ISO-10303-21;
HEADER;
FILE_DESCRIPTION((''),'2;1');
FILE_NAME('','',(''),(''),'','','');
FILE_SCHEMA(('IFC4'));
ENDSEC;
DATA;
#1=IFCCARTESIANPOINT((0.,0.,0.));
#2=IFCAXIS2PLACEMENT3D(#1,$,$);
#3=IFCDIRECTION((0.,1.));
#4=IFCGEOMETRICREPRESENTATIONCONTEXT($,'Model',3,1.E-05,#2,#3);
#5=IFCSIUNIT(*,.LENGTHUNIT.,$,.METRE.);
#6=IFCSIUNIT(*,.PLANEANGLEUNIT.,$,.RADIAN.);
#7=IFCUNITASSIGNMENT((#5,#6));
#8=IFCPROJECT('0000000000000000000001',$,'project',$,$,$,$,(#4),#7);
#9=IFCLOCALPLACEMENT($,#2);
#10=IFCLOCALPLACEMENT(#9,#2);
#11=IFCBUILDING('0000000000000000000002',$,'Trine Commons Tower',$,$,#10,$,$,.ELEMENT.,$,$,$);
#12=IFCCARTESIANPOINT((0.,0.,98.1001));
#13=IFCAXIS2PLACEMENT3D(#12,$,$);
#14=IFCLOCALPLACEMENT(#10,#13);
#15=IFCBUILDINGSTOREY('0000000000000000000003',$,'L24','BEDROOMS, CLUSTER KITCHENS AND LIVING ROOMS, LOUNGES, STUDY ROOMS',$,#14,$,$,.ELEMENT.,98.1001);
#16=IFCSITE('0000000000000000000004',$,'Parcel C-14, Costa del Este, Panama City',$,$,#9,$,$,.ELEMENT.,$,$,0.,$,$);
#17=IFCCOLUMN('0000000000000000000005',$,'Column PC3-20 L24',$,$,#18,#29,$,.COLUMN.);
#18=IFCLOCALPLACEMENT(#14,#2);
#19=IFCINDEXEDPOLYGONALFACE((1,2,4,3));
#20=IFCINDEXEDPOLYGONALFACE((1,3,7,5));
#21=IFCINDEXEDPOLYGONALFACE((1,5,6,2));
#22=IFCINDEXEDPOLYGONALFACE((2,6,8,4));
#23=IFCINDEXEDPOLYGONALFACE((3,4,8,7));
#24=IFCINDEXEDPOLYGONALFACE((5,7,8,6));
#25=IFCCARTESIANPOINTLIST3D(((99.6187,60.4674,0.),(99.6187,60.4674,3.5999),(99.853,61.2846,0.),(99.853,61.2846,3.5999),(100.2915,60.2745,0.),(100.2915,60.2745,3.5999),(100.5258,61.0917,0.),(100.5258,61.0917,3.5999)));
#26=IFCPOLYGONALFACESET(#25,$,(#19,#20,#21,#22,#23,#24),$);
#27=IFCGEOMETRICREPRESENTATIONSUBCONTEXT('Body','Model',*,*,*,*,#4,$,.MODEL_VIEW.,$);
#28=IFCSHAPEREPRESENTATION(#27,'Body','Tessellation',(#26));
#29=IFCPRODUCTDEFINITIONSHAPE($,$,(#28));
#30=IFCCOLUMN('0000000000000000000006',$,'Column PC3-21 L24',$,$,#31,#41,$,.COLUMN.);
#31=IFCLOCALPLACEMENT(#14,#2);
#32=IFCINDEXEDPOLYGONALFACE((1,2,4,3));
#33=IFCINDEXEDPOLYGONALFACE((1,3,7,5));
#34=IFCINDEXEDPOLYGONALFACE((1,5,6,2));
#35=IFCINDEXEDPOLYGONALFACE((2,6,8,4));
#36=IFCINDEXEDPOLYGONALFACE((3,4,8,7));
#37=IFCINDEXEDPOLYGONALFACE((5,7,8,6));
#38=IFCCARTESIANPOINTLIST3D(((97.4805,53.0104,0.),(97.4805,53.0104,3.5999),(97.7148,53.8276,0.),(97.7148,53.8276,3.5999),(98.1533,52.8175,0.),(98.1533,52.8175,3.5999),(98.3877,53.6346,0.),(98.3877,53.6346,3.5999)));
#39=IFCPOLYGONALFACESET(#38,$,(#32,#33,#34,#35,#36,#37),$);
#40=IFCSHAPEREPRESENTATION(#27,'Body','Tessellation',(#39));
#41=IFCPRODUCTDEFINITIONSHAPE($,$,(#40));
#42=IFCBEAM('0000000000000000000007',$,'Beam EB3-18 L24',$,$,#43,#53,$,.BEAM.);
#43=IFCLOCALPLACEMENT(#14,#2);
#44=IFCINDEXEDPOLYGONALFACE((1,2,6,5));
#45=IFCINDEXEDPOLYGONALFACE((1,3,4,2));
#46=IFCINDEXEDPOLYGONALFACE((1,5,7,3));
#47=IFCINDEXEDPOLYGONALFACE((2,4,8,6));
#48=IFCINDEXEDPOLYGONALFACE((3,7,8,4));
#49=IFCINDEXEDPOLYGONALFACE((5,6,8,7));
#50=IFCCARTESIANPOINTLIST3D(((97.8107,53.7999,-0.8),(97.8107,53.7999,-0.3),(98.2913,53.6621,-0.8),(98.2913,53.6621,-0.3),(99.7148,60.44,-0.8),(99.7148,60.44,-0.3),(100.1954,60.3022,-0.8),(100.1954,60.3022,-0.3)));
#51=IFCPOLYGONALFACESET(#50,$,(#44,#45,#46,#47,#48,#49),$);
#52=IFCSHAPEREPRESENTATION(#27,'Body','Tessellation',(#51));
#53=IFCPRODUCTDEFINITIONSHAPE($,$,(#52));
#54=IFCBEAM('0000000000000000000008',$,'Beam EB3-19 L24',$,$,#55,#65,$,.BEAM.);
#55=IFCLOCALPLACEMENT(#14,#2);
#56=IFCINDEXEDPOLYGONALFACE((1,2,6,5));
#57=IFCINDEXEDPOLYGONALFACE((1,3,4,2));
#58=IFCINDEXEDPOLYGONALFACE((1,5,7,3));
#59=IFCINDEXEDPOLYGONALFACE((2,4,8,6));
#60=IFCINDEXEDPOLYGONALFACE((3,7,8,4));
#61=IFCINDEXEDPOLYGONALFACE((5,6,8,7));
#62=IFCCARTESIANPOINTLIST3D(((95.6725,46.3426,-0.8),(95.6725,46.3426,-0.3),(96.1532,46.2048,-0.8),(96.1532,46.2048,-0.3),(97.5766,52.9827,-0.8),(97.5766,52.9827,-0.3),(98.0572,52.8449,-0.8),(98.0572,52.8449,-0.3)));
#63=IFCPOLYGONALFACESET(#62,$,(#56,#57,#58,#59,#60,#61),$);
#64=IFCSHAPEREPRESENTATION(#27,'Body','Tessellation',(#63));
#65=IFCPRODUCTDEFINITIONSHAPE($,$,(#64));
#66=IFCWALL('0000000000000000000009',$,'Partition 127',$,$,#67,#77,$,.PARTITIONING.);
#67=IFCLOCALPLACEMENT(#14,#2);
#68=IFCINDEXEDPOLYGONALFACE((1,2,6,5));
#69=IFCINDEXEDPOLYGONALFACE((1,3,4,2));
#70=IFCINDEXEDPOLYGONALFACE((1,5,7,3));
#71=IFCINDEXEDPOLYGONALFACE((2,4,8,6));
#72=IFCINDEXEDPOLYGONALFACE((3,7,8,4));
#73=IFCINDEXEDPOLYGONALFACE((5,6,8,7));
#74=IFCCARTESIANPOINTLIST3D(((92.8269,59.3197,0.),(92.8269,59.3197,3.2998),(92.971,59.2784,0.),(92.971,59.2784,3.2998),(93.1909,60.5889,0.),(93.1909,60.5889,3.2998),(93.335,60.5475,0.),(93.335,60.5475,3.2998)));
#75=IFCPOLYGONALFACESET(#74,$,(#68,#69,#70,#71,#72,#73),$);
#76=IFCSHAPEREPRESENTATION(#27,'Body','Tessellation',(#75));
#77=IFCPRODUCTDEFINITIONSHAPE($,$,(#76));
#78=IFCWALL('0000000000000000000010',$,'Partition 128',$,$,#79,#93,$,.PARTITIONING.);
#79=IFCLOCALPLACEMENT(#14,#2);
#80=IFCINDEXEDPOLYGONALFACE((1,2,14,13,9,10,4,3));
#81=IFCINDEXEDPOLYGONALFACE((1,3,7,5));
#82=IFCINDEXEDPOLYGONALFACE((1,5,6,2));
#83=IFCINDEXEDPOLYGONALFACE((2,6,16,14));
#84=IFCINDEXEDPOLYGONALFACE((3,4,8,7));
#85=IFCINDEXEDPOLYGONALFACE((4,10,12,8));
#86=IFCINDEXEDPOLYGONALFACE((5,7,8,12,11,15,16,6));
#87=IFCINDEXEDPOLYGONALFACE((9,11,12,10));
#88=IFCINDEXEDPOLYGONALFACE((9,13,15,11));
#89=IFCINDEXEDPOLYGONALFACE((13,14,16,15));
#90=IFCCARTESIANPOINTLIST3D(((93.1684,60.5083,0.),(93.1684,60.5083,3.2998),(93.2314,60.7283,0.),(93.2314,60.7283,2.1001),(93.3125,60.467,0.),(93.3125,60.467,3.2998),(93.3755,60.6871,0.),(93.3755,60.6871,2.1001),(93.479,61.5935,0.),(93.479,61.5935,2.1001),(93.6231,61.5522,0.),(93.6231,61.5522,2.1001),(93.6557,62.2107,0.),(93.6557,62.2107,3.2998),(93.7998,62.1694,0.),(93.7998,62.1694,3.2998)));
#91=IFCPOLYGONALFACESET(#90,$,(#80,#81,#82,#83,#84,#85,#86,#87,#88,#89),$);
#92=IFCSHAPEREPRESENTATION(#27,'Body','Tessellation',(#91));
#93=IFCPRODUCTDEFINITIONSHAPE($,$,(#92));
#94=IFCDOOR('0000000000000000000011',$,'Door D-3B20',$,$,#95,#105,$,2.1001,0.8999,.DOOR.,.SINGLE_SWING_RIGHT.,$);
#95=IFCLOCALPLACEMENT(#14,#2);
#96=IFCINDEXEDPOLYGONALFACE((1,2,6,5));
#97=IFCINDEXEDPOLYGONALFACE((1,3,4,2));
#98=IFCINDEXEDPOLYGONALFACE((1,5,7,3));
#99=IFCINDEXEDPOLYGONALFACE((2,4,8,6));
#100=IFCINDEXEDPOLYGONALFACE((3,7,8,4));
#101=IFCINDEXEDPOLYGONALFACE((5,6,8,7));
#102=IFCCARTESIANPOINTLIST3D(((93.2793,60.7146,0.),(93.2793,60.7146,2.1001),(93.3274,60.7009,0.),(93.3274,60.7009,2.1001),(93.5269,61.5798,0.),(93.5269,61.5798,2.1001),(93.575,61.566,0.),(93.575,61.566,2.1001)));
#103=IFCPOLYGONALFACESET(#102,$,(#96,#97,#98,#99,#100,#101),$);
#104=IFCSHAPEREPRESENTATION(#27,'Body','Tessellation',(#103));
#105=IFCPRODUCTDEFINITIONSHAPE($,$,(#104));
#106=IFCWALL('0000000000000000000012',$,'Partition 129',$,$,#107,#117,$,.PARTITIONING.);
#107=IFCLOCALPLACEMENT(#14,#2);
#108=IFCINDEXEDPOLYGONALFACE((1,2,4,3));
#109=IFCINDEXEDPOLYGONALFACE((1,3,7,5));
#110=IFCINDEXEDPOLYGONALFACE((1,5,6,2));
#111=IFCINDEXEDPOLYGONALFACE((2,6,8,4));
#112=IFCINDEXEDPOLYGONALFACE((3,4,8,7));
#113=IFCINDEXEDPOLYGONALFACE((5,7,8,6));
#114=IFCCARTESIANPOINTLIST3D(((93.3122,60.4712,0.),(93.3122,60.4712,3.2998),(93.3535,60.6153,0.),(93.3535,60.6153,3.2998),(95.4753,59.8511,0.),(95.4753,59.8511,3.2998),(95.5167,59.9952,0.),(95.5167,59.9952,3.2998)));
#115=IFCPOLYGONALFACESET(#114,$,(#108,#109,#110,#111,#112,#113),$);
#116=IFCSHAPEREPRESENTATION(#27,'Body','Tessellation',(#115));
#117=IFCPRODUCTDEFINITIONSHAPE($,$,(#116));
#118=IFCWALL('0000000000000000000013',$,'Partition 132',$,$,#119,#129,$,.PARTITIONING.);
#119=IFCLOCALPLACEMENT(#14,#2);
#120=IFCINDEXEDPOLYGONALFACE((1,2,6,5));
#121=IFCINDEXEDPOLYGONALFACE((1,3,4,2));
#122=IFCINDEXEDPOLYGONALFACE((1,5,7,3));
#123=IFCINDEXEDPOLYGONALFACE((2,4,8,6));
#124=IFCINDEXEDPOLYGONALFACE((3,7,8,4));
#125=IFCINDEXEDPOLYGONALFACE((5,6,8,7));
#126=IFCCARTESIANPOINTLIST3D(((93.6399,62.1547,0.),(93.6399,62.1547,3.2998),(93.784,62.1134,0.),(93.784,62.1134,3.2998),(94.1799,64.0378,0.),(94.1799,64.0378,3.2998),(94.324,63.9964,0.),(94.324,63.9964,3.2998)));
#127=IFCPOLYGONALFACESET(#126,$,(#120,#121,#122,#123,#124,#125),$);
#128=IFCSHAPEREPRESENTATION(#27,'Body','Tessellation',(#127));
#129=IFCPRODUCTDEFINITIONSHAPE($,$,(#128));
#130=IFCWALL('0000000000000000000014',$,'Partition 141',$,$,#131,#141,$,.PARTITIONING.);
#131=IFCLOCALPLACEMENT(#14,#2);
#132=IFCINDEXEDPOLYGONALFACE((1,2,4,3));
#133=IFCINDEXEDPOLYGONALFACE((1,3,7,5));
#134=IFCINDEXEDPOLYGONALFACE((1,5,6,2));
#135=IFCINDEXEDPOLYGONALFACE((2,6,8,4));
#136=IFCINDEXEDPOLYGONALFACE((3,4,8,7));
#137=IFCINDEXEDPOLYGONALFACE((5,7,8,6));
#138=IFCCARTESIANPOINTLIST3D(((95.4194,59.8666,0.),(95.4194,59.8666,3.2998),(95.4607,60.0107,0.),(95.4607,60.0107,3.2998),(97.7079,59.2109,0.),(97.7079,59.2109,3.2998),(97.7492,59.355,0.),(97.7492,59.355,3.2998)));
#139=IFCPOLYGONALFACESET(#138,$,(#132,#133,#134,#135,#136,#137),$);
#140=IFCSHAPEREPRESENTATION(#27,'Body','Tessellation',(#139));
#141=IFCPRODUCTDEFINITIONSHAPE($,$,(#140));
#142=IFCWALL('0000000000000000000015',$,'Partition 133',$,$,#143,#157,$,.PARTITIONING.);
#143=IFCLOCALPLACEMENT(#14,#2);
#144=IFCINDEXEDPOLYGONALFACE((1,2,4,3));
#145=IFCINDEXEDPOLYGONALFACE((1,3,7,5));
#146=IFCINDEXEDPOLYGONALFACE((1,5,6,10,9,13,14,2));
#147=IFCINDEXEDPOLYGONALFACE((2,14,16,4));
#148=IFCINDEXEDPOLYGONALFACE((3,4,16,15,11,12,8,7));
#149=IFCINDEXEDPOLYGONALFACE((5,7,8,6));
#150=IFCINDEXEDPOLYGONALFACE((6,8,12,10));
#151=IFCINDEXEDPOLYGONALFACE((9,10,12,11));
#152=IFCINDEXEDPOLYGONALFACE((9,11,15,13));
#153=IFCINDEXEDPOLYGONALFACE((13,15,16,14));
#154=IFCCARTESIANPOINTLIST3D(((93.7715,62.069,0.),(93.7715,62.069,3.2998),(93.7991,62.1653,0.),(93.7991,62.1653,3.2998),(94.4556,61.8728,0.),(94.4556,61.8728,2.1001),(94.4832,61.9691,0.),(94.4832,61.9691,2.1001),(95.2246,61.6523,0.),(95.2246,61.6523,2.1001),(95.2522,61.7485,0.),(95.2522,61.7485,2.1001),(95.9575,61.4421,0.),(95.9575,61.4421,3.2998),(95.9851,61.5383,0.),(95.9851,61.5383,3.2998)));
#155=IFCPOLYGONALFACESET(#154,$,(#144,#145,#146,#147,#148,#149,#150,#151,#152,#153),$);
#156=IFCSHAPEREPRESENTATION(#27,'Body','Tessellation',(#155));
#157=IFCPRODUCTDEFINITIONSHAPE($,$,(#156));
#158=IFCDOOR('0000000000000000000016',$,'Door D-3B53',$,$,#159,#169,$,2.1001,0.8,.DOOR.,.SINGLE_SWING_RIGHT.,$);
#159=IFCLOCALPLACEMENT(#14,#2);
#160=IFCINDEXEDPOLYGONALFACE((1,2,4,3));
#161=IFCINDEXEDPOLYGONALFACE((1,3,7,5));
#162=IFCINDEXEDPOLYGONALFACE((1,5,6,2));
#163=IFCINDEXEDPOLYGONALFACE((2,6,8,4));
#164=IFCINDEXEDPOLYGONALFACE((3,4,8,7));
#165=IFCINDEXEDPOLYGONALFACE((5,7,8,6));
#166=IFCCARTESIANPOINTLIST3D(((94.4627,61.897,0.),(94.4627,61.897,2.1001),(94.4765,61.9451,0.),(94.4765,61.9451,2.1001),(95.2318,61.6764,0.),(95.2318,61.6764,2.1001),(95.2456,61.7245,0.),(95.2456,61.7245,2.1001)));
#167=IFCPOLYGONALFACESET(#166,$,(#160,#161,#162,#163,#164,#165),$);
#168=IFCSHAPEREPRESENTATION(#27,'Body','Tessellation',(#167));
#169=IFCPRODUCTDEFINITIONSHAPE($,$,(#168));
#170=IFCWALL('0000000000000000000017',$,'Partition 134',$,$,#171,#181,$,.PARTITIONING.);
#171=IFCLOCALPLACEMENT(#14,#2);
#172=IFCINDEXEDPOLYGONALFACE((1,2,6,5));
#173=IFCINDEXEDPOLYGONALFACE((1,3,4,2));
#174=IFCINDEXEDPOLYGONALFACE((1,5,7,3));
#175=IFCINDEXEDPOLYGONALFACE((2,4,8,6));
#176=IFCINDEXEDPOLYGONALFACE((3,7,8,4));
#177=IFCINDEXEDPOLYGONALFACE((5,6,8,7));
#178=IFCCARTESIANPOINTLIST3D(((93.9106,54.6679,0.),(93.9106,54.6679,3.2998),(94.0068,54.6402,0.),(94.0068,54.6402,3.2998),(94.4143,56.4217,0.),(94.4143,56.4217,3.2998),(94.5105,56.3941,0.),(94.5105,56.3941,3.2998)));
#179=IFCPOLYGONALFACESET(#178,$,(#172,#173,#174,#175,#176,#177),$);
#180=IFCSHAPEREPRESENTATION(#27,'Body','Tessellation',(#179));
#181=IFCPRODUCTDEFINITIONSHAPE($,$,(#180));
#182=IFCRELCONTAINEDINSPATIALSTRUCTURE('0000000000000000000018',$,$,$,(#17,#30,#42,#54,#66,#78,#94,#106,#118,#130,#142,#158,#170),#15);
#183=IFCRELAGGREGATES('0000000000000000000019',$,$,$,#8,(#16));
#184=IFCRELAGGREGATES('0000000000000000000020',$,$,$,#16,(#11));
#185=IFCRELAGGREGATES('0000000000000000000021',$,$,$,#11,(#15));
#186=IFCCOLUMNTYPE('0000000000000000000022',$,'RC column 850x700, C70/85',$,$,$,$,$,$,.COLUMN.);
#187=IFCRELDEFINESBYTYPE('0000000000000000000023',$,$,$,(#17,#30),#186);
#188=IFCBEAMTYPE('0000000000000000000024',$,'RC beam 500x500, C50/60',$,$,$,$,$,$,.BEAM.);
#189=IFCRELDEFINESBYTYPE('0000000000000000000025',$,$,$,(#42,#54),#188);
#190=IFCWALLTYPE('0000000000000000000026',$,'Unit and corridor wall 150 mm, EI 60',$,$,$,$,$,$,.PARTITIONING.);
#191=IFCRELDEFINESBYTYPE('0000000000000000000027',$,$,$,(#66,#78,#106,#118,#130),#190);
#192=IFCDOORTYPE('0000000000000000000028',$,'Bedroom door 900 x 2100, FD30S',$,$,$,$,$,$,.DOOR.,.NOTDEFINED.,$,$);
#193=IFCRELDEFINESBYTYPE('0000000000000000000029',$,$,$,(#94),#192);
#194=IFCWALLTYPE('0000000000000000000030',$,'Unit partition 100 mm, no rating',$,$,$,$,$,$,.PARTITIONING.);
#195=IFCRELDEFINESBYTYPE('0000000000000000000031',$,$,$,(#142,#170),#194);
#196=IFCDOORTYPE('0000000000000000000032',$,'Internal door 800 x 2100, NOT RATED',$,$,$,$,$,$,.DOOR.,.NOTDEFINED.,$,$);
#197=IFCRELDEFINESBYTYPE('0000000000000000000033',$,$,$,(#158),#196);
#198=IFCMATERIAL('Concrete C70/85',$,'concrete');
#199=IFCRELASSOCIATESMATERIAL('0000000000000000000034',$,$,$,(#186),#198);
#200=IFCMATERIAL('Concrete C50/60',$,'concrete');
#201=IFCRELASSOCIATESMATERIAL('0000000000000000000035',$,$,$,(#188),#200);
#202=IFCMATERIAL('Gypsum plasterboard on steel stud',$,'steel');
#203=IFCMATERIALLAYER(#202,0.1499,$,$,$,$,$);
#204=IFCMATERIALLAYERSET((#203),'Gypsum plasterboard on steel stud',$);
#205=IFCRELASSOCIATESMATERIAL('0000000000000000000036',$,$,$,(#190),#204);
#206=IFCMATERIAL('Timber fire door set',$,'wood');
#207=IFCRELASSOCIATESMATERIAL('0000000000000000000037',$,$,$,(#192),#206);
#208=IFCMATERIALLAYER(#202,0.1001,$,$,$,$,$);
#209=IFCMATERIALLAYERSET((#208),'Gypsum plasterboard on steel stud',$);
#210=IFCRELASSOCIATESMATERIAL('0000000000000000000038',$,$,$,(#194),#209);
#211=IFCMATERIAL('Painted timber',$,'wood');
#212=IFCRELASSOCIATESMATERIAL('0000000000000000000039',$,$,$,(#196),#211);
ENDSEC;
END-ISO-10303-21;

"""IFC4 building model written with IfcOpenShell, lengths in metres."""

from ifc_helpers import new_model, si_unit, direction, frame, frame_2d, origin, origin_2d, place, context, subcontext, project, spatial, rectangle, extrude, material, layer, layer_set, material_profile, profile_set, type_object, element, fill, save


model = new_model("IFC4")

# Units and contexts
model_context = context("Model", 3, precision=1e-05, world=origin(), true_north=direction((0.0, 1.0)))
body_context = subcontext(model_context, "Body", "Model", "MODEL_VIEW")
ifc_project = project(units=[si_unit("LENGTHUNIT", "METRE"), si_unit("PLANEANGLEUNIT", "RADIAN")], contexts=[model_context])

# Site, building, storey
site_placement = place(None, origin())
site = spatial("IfcSite", under=ifc_project, at=site_placement, Name="Parcel C-14, Costa del Este, Panama City", CompositionType="ELEMENT", RefElevation=0.0)
building_placement = place(site_placement, origin())
building = spatial("IfcBuilding", under=site, at=building_placement, Name="Trine Commons Tower", CompositionType="ELEMENT")
storey_placement = place(building_placement, frame((0.0, 0.0, 98.1001)))
storey = spatial("IfcBuildingStorey", under=building, at=storey_placement, Name="L24", Description="BEDROOMS, CLUSTER KITCHENS AND LIVING ROOMS, LOUNGES, STUDY ROOMS", CompositionType="ELEMENT", Elevation=98.1001)

# Columns
ifc_material_1 = material(Name="Concrete C70/85", Category="concrete")
ifc_material_profile_1 = material_profile(ifc_material_1, rectangle(XDim=0.8501, YDim=0.7, at=origin_2d()), Name="RC 850x700")
ifc_profile_set_1 = profile_set([ifc_material_profile_1], Name="Concrete C70/85")
column_type = type_object("IfcColumnType", Name="RC column 850x700, C70/85", PredefinedType="COLUMN", material=ifc_profile_set_1)
for number, where, z_axis, x_axis, name in (
    (1, (100.0723, 60.7795, 0.0), (0.0, 0.0, 1.0), (0.275637, 0.961262, 0.0), "Column PC3-20 L24"),
    (2, (97.9341, 53.3225, 0.0), (0.0, 0.0, 1.0), (0.275637, 0.961262, 0.0), "Column PC3-21 L24"),
):
    element("IfcColumn", number, at=place(storey_placement, frame(where, z_axis=z_axis, x_axis=x_axis)), inside=storey, type_object=column_type, Name=name, PredefinedType="COLUMN", context=body_context, shape_type="SweptSolid", body=[
        extrude(rectangle(XDim=0.8501, YDim=0.7, at=origin_2d()), origin(), (0.0, 0.0, 1.0), 3.5999),
    ])

# Beams
ifc_material_2 = material(Name="Concrete C50/60", Category="concrete")
ifc_material_profile_2 = material_profile(ifc_material_2, rectangle(XDim=0.5, YDim=0.5, at=origin_2d()), Name="RC 500x500")
ifc_profile_set_2 = profile_set([ifc_material_profile_2], Name="Concrete C50/60")
beam_type = type_object("IfcBeamType", Name="RC beam 500x500, C50/60", PredefinedType="BEAM", material=ifc_profile_set_2)
for number, where, z_axis, x_axis, name in (
    (3, (99.9551, 60.3711, -0.55), (-0.275641, -0.961261, 0.0), (0.961261, -0.275641, 0.0), "Beam EB3-18 L24"),
    (4, (97.8169, 52.9138, -0.55), (-0.275641, -0.961261, 0.0), (0.961261, -0.275641, 0.0), "Beam EB3-19 L24"),
):
    element("IfcBeam", number, at=place(storey_placement, frame(where, z_axis=z_axis, x_axis=x_axis)), inside=storey, type_object=beam_type, Name=name, PredefinedType="BEAM", context=body_context, shape_type="SweptSolid", body=[
        extrude(rectangle(XDim=0.5, YDim=0.5, at=origin_2d()), origin(), (0.0, 0.0, 1.0), 6.9077),
    ])

# Wall
ifc_material_3 = material(Name="Gypsum plasterboard on steel stud", Category="steel")
ifc_layer_1 = layer(ifc_material_3, 0.1499)
ifc_layer_set_1 = layer_set([ifc_layer_1], Name="Gypsum plasterboard on steel stud")
wall_type_1 = type_object("IfcWallType", Name="Unit and corridor wall 150 mm, EI 60", PredefinedType="PARTITIONING", material=ifc_layer_set_1)
wall_1_placement = place(storey_placement, frame((92.8989, 59.2991, 0.0), z_axis=(0.0, 0.0, 1.0), x_axis=(0.275722, 0.961237, 0.0)))
element("IfcWall", 5, at=wall_1_placement, inside=storey, type_object=wall_type_1, Name="Partition 127", PredefinedType="PARTITIONING", context=body_context, shape_type="SweptSolid", body=[
    extrude(rectangle(XDim=1.3203, YDim=0.1499, at=frame_2d((0.6602, 0.0))), origin(), (0.0, 0.0, 1.0), 3.2998),
])

# Wall, opening, door
wall_2_placement = place(storey_placement, frame((93.2405, 60.4878, 0.0), z_axis=(0.0, 0.0, 1.0), x_axis=(0.275195, 0.961389, 0.0)))
wall_2 = element("IfcWall", 6, at=wall_2_placement, inside=storey, type_object=wall_type_1, Name="Partition 128", PredefinedType="PARTITIONING", context=body_context, shape_type="SweptSolid", body=[
    extrude(rectangle(XDim=1.7708, YDim=0.1499, at=frame_2d((0.8853, 0.0))), origin(), (0.0, 0.0, 1.0), 3.2998),
])
opening_1_placement = place(wall_2_placement, frame((0.2288, 0.0, 0.0)))
opening_1 = element("IfcOpeningElement", 7, at=opening_1_placement, cuts=wall_2, PredefinedType="OPENING", context=body_context, shape_type="SweptSolid", body=[
    extrude(rectangle(XDim=0.8999, YDim=2.1001, at=frame_2d((0.45, 1.05))), frame((0.0, 0.085, 0.0), z_axis=(0.0, -1.0, 0.0), x_axis=(1.0, 0.0, 0.0)), (0.0, 0.0, 1.0), 0.1699),
])
ifc_material_4 = material(Name="Timber fire door set", Category="wood")
door_type_1 = type_object("IfcDoorType", Name="Bedroom door 900 x 2100, FD30S", OperationType="NOTDEFINED", PredefinedType="DOOR", material=ifc_material_4)
door_1_placement = place(opening_1_placement, frame((0.8999, 0.0, 0.0), z_axis=(0.0, 0.0, 1.0), x_axis=(-1.0, 0.0, 0.0)))
door_1 = element("IfcDoor", 8, at=door_1_placement, inside=storey, type_object=door_type_1, Name="Door D-3B20", OperationType="SINGLE_SWING_RIGHT", OverallHeight=2.1001, OverallWidth=0.8999, PredefinedType="DOOR", context=body_context, shape_type="SweptSolid", body=[
    extrude(rectangle(XDim=0.8999, YDim=2.1001, at=frame_2d((0.45, 1.05))), frame((0.0, 0.0249, 0.0), z_axis=(0.0, -1.0, 0.0), x_axis=(1.0, 0.0, 0.0)), (0.0, 0.0, 1.0), 0.05),
])
fill(opening_1, door_1)

# Walls
wall_3_placement = place(storey_placement, frame((93.333, 60.5432, 0.0), z_axis=(0.0, 0.0, 1.0), x_axis=(0.961278, -0.275581, 0.0)))
element("IfcWall", 9, at=wall_3_placement, inside=storey, type_object=wall_type_1, Name="Partition 129", PredefinedType="PARTITIONING", context=body_context, shape_type="SweptSolid", body=[
    extrude(rectangle(XDim=2.2502, YDim=0.1499, at=frame_2d((1.125, 0.0))), origin(), (0.0, 0.0, 1.0), 3.2998),
])
wall_4_placement = place(storey_placement, frame((93.7119, 62.134, 0.0), z_axis=(0.0, 0.0, 1.0), x_axis=(0.275676, 0.961251, 0.0)))
element("IfcWall", 10, at=wall_4_placement, inside=storey, type_object=wall_type_1, Name="Partition 132", PredefinedType="PARTITIONING", context=body_context, shape_type="SweptSolid", body=[
    extrude(rectangle(XDim=1.959, YDim=0.1499, at=frame_2d((0.9795, 0.0))), origin(), (0.0, 0.0, 1.0), 3.2998),
])
wall_5_placement = place(storey_placement, frame((95.4399, 59.9387, 0.0), z_axis=(0.0, 0.0, 1.0), x_axis=(0.961315, -0.275452, 0.0)))
element("IfcWall", 11, at=wall_5_placement, inside=storey, type_object=wall_type_1, Name="Partition 141", PredefinedType="PARTITIONING", context=body_context, shape_type="SweptSolid", body=[
    extrude(rectangle(XDim=2.3806, YDim=0.1499, at=frame_2d((1.1904, 0.0))), origin(), (0.0, 0.0, 1.0), 3.2998),
])

# Wall, opening, door
ifc_layer_2 = layer(ifc_material_3, 0.1001)
ifc_layer_set_2 = layer_set([ifc_layer_2], Name="Gypsum plasterboard on steel stud")
wall_type_2 = type_object("IfcWallType", Name="Unit partition 100 mm, no rating", PredefinedType="PARTITIONING", material=ifc_layer_set_2)
wall_6_placement = place(storey_placement, frame((93.7852, 62.1172, 0.0), z_axis=(0.0, 0.0, 1.0), x_axis=(0.961248, -0.275685, 0.0)))
wall_6 = element("IfcWall", 12, at=wall_6_placement, inside=storey, type_object=wall_type_2, Name="Partition 133", PredefinedType="PARTITIONING", context=body_context, shape_type="SweptSolid", body=[
    extrude(rectangle(XDim=2.2742, YDim=0.1001, at=frame_2d((1.1372, 0.0))), origin(), (0.0, 0.0, 1.0), 3.2998),
])
opening_2_placement = place(wall_6_placement, frame((0.7119, 0.0, 0.0)))
opening_2 = element("IfcOpeningElement", 13, at=opening_2_placement, cuts=wall_6, PredefinedType="OPENING", context=body_context, shape_type="SweptSolid", body=[
    extrude(rectangle(XDim=0.8, YDim=2.1001, at=frame_2d((0.3999, 1.05))), frame((0.0, 0.0601, 0.0), z_axis=(0.0, -1.0, 0.0), x_axis=(1.0, 0.0, 0.0)), (0.0, 0.0, 1.0), 0.1201),
])
ifc_material_5 = material(Name="Painted timber", Category="wood")
door_type_2 = type_object("IfcDoorType", Name="Internal door 800 x 2100, NOT RATED", OperationType="NOTDEFINED", PredefinedType="DOOR", material=ifc_material_5)
door_2_placement = place(opening_2_placement, frame((0.8, 0.0, 0.0), z_axis=(0.0, 0.0, 1.0), x_axis=(-1.0, 0.0, 0.0)))
door_2 = element("IfcDoor", 14, at=door_2_placement, inside=storey, type_object=door_type_2, Name="Door D-3B53", OperationType="SINGLE_SWING_RIGHT", OverallHeight=2.1001, OverallWidth=0.8, PredefinedType="DOOR", context=body_context, shape_type="SweptSolid", body=[
    extrude(rectangle(XDim=0.8, YDim=2.1001, at=frame_2d((0.3999, 1.05))), frame((0.0, 0.0249, 0.0), z_axis=(0.0, -1.0, 0.0), x_axis=(1.0, 0.0, 0.0)), (0.0, 0.0, 1.0), 0.05),
])
fill(opening_2, door_2)

# Wall
wall_7_placement = place(storey_placement, frame((93.9587, 54.6541, 0.0), z_axis=(0.0, 0.0, 1.0), x_axis=(0.276011, 0.961155, 0.0)))
element("IfcWall", 15, at=wall_7_placement, inside=storey, type_object=wall_type_2, Name="Partition 134", PredefinedType="PARTITIONING", context=body_context, shape_type="SweptSolid", body=[
    extrude(rectangle(XDim=1.8247, YDim=0.1001, at=frame_2d((0.9124, 0.0))), origin(), (0.0, 0.0, 1.0), 3.2998),
])

save(model, "model.ifc")
